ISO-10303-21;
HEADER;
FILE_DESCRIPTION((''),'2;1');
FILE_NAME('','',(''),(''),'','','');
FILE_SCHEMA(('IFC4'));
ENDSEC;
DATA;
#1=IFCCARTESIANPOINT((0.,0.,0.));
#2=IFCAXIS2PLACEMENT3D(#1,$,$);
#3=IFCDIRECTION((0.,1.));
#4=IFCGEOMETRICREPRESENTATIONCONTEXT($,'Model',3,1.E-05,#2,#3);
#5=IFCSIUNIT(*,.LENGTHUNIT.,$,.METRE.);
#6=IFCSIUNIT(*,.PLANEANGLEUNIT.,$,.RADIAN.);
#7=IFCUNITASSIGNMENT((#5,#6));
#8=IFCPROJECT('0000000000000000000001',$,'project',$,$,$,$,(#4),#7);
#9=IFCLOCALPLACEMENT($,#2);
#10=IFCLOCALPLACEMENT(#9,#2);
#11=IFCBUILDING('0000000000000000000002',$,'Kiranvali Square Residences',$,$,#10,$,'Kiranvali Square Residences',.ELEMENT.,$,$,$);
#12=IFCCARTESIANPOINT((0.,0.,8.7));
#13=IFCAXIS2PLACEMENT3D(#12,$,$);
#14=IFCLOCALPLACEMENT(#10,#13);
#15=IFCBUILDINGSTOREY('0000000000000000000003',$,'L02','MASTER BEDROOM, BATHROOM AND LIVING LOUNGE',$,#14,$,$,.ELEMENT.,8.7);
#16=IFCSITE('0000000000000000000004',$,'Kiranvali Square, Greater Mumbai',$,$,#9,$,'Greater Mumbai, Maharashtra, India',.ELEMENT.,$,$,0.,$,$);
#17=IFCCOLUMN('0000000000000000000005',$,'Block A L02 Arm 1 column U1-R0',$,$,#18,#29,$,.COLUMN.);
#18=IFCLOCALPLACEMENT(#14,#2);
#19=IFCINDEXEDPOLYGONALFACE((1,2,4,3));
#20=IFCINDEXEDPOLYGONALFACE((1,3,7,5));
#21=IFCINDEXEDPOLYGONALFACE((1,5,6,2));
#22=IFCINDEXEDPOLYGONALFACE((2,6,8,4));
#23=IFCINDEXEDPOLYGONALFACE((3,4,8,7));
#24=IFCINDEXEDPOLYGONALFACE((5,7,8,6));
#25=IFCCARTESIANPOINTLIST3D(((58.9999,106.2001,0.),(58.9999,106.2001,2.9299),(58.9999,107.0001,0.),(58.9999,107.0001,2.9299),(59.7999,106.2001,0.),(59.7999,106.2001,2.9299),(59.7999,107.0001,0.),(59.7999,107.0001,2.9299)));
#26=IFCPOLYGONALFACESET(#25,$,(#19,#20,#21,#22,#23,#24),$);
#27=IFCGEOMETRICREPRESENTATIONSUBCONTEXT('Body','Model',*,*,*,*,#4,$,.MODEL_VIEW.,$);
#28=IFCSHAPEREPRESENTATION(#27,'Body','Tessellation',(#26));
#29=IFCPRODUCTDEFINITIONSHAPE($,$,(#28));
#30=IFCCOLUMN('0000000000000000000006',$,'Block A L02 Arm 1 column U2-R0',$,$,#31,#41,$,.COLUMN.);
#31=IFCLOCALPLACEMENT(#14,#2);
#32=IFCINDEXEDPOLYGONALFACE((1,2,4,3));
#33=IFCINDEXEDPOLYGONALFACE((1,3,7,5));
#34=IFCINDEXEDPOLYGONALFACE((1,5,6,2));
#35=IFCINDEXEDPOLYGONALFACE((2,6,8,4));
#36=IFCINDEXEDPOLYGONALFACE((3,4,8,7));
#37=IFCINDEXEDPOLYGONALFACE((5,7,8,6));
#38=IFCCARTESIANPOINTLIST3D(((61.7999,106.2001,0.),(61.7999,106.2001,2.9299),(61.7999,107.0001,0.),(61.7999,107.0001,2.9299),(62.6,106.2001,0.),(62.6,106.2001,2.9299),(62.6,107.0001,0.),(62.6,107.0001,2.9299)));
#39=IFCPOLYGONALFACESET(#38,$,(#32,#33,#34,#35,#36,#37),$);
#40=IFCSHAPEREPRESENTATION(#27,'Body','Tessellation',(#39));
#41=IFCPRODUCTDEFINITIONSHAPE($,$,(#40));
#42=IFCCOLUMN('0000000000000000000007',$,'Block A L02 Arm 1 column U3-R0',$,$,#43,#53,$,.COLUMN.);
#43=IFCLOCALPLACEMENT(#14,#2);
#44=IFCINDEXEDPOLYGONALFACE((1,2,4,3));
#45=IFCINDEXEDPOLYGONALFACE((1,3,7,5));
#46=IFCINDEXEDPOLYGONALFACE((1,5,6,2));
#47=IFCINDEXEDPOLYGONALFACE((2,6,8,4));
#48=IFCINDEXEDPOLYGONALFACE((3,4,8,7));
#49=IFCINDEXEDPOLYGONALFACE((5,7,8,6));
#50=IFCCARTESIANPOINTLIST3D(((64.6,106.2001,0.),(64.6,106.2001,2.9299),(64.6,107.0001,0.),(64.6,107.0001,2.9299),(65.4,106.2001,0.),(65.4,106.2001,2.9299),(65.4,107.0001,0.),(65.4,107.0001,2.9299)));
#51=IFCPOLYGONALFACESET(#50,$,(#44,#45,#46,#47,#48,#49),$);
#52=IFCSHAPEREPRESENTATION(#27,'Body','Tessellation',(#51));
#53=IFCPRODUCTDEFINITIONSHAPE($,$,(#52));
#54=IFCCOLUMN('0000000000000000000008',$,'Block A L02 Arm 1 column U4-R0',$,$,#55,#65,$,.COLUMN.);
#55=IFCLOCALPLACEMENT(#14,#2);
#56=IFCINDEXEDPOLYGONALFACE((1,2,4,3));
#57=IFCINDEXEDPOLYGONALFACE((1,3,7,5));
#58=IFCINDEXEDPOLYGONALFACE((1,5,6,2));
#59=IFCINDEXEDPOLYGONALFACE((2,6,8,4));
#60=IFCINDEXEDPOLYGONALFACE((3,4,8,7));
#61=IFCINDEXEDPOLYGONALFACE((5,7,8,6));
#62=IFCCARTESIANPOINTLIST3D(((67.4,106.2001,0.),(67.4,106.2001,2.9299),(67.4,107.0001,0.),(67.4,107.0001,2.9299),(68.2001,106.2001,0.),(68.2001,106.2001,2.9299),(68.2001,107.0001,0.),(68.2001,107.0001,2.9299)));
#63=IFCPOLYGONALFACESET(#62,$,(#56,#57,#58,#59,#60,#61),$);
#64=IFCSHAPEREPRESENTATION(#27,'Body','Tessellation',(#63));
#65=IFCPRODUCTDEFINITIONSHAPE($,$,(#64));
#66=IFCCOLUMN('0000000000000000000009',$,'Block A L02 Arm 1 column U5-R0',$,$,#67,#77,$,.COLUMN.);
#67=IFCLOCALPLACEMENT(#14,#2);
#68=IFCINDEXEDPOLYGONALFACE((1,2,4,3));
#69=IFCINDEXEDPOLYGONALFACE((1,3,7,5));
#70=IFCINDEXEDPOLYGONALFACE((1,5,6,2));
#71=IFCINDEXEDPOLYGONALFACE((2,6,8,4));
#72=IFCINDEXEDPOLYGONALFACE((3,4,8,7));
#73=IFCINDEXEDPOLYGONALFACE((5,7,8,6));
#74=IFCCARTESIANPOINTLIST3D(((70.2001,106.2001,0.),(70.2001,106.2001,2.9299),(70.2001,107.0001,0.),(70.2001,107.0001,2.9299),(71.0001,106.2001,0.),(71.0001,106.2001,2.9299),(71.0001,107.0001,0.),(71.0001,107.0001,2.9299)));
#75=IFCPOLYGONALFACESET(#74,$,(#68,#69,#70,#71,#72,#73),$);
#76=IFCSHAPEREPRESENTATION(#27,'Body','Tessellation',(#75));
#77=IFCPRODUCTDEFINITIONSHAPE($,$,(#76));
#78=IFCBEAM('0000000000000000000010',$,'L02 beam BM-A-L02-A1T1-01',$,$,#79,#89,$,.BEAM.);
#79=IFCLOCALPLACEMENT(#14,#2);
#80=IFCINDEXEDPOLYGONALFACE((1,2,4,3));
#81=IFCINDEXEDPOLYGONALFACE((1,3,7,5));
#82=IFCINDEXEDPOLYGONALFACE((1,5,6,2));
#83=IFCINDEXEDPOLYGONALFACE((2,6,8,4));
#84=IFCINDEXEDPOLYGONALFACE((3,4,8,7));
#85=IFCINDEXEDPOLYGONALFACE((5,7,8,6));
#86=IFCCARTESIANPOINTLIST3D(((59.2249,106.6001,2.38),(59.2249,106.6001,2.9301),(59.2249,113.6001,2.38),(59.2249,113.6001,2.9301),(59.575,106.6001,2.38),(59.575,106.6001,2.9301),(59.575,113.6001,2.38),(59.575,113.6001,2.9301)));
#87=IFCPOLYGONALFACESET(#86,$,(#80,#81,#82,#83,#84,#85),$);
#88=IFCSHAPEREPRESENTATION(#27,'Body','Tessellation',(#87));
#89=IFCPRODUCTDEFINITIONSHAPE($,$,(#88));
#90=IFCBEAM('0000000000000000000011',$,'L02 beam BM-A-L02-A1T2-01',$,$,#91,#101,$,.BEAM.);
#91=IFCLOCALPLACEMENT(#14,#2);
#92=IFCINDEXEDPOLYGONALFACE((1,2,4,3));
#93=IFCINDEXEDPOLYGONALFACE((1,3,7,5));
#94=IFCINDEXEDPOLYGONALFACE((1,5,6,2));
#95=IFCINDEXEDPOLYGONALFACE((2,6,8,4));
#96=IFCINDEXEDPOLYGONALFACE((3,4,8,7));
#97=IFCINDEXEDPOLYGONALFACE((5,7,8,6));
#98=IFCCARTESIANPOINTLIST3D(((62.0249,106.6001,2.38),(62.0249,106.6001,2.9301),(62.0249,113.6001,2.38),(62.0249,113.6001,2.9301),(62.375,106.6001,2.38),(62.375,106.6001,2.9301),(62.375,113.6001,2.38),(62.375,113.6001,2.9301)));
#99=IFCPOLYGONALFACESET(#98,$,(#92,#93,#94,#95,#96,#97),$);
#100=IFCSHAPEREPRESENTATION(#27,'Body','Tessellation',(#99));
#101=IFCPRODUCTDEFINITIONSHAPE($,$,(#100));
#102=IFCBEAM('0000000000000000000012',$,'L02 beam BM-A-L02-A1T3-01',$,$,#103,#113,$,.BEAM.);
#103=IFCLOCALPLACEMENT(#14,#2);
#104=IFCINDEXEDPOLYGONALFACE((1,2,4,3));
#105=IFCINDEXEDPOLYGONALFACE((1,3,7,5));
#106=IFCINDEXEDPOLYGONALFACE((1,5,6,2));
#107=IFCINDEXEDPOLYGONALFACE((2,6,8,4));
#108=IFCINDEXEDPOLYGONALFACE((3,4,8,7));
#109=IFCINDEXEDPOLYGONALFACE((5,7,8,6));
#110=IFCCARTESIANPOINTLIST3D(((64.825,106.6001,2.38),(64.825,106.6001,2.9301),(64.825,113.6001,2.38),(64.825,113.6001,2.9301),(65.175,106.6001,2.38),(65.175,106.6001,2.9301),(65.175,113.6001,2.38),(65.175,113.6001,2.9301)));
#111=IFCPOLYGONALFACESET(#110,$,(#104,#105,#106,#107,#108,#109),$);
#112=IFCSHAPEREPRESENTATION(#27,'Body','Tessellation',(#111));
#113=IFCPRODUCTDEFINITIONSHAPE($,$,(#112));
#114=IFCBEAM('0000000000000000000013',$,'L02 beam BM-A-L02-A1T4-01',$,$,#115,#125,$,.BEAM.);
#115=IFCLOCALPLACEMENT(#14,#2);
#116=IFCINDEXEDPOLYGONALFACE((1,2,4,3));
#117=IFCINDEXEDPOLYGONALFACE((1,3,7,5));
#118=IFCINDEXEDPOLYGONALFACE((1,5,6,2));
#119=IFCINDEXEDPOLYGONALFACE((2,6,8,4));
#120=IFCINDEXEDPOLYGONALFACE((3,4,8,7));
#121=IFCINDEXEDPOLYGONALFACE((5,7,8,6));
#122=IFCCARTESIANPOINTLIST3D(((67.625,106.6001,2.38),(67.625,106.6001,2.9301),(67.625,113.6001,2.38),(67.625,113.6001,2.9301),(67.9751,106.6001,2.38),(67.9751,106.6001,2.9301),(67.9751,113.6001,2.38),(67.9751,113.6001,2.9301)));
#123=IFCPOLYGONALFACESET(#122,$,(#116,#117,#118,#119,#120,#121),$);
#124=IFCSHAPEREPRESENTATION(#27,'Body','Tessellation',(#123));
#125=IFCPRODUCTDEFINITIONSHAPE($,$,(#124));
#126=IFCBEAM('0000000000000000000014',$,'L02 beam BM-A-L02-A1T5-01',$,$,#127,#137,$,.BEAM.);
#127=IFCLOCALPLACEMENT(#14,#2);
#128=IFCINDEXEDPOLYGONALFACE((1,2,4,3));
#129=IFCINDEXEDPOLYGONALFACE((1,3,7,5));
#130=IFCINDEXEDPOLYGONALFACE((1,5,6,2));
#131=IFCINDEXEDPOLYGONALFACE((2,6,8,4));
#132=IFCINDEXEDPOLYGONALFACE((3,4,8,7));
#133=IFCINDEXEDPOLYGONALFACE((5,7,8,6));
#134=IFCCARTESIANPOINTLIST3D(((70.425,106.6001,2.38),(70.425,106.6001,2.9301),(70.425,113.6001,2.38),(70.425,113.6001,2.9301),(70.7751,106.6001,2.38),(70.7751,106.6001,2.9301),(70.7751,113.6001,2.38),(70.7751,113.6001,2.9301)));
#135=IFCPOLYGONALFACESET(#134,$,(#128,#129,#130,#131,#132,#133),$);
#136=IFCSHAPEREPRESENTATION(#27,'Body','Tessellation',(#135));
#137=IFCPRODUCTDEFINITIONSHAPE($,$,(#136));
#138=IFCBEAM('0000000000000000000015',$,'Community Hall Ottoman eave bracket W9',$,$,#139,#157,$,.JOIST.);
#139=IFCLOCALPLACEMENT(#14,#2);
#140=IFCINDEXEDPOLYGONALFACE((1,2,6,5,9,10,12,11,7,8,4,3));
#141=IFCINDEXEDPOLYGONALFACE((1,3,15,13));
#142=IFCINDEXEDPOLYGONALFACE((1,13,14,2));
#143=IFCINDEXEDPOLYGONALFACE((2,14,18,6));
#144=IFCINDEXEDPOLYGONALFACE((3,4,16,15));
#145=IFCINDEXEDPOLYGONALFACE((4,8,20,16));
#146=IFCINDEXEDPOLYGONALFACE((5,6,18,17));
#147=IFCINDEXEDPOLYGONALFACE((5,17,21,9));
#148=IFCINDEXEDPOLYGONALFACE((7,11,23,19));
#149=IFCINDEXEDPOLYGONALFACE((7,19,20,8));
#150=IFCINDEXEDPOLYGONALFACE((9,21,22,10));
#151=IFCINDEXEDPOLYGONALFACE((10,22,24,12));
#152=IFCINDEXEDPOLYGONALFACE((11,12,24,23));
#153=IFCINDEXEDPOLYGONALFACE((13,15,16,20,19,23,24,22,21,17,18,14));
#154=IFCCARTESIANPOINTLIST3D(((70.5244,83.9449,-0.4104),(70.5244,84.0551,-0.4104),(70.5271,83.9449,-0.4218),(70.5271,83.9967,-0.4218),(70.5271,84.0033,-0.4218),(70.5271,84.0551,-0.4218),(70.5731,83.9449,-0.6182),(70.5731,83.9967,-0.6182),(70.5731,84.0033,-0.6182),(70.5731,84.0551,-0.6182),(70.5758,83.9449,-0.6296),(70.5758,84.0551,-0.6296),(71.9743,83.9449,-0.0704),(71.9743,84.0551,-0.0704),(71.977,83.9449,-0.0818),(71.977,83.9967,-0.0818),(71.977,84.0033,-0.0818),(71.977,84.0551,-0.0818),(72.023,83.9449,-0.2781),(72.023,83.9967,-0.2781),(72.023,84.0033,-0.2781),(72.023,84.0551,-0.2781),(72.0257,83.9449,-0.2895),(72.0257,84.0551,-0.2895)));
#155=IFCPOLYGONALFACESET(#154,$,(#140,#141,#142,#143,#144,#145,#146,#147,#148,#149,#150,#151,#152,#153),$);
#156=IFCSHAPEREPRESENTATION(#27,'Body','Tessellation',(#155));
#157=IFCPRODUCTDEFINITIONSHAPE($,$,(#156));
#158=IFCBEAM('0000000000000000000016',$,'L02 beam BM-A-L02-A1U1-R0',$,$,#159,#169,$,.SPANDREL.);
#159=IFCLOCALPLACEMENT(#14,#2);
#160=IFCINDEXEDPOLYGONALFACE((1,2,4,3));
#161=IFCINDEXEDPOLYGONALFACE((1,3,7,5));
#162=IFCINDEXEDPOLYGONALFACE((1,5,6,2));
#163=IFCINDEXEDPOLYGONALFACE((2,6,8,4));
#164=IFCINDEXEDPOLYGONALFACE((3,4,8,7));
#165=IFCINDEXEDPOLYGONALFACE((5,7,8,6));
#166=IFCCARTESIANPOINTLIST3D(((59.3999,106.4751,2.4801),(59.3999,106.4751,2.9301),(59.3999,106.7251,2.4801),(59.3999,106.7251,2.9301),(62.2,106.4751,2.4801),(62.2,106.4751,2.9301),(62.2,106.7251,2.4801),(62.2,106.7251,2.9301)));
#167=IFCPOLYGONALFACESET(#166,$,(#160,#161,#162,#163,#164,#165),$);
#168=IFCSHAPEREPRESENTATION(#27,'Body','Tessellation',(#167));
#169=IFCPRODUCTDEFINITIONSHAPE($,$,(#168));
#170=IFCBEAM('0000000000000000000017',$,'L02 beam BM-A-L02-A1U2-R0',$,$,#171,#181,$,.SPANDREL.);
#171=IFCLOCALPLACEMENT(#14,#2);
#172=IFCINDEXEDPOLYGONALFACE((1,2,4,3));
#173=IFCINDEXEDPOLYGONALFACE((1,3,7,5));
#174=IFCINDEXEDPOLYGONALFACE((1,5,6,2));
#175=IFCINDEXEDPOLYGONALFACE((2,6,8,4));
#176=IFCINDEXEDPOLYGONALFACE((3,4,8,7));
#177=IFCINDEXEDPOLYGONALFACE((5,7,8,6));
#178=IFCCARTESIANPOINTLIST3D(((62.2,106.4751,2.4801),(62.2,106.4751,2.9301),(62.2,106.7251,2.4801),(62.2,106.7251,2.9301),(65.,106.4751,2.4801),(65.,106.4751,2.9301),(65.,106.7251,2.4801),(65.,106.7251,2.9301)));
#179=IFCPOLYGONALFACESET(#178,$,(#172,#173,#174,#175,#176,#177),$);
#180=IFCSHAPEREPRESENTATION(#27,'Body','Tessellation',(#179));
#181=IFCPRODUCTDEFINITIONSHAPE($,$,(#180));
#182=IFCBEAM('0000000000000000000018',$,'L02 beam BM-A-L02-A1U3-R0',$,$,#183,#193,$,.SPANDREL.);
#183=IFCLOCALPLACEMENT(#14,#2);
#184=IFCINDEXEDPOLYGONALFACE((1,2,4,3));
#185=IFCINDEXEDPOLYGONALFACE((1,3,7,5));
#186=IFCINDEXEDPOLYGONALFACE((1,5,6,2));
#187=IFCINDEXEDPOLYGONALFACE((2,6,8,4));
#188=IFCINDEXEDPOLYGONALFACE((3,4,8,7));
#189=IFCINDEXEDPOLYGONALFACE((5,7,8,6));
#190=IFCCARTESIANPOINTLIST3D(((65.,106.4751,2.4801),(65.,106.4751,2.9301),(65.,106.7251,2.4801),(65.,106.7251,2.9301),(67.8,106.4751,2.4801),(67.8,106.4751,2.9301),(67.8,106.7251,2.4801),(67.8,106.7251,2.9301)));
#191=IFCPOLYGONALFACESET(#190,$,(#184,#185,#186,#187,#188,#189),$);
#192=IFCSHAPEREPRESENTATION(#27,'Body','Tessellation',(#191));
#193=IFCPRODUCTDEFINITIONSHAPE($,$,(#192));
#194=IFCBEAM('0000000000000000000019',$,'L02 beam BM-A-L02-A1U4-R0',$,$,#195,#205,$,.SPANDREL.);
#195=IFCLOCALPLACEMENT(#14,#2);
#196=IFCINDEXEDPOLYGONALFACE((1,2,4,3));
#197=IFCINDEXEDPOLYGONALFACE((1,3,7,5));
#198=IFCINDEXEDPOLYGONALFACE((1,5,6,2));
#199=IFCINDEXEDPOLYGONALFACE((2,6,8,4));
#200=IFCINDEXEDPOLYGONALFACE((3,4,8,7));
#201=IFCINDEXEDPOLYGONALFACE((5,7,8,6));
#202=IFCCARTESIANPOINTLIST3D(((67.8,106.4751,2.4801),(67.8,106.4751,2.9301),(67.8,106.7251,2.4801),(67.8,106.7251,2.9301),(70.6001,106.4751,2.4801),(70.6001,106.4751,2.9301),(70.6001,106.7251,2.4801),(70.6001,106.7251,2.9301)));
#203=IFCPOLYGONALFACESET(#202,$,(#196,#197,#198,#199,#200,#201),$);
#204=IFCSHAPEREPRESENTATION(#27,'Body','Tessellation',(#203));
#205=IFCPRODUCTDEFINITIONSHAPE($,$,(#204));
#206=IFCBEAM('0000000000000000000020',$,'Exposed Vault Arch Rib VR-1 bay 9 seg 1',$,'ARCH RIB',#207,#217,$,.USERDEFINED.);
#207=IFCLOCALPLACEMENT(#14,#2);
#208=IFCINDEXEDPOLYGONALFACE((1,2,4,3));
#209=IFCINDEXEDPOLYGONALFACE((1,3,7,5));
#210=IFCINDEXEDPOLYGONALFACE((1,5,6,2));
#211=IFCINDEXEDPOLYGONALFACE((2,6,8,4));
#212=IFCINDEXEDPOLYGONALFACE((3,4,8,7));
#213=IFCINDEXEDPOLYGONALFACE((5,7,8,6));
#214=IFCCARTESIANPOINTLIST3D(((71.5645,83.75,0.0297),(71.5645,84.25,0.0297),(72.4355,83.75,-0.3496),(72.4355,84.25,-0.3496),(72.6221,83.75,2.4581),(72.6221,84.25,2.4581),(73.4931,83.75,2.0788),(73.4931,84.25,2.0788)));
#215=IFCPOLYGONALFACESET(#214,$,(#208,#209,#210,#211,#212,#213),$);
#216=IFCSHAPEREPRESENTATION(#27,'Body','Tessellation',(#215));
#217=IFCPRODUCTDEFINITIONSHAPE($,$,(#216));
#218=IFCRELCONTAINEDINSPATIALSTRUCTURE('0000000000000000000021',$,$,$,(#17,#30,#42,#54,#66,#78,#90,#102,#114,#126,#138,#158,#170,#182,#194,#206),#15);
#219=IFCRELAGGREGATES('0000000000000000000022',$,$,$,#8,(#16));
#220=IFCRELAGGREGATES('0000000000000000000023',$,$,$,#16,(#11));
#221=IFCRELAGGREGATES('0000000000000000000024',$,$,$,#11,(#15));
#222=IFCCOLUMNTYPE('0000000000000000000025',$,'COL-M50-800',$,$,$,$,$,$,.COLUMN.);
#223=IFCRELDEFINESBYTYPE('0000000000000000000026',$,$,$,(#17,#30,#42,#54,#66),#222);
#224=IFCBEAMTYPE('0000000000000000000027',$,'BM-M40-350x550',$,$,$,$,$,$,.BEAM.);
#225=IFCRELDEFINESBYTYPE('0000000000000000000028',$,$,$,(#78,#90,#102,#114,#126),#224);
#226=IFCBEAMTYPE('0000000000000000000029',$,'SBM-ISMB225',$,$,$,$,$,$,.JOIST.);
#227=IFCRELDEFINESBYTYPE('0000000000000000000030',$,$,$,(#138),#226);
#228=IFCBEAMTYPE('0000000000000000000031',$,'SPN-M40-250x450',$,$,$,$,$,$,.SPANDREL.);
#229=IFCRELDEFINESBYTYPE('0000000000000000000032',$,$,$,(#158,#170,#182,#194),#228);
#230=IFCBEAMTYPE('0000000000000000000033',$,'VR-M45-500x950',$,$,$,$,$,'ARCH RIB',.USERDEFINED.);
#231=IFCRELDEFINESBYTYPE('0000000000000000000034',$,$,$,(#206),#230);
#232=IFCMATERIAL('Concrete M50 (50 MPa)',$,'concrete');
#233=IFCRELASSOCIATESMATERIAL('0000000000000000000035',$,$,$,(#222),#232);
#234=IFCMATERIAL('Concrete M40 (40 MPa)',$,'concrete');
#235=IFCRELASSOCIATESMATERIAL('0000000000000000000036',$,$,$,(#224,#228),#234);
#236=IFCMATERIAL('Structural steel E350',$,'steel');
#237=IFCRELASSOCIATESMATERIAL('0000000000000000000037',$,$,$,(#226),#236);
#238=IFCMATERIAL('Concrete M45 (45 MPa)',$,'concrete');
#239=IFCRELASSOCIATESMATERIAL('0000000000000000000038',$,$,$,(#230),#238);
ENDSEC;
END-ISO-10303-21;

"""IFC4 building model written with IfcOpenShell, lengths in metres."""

from ifc_helpers import new_model, si_unit, direction, frame, origin, origin_2d, place, context, subcontext, project, spatial, rectangle, i_section, extrude, material, material_profile, profile_set, type_object, element, save


model = new_model("IFC4")

# Units and contexts
model_context = context("Model", 3, precision=1e-05, world=origin(), true_north=direction((0.0, 1.0)))
body_context = subcontext(model_context, "Body", "Model", "MODEL_VIEW")
ifc_project = project(units=[si_unit("LENGTHUNIT", "METRE"), si_unit("PLANEANGLEUNIT", "RADIAN")], contexts=[model_context])

# Site, building, storey
site_placement = place(None, origin())
site = spatial("IfcSite", under=ifc_project, at=site_placement, Name="Kiranvali Square, Greater Mumbai", LongName="Greater Mumbai, Maharashtra, India", CompositionType="ELEMENT", RefElevation=0.0)
building_placement = place(site_placement, origin())
building = spatial("IfcBuilding", under=site, at=building_placement, Name="Kiranvali Square Residences", LongName="Kiranvali Square Residences", CompositionType="ELEMENT")
storey_placement = place(building_placement, frame((0.0, 0.0, 8.7)))
storey = spatial("IfcBuildingStorey", under=building, at=storey_placement, Name="L02", Description="MASTER BEDROOM, BATHROOM AND LIVING LOUNGE", CompositionType="ELEMENT", Elevation=8.7)

# Columns
ifc_material_1 = material(Name="Concrete M50 (50 MPa)", Category="concrete")
ifc_material_profile_1 = material_profile(ifc_material_1, rectangle(XDim=0.8, YDim=0.8, at=origin_2d()), Name="RC 800x800")
ifc_profile_set_1 = profile_set([ifc_material_profile_1], Name="Concrete M50 (50 MPa)")
column_type = type_object("IfcColumnType", Name="COL-M50-800", PredefinedType="COLUMN", material=ifc_profile_set_1)
for number, where, z_axis, x_axis, name in (
    (1, (59.3999, 106.6001, 0.0), (0.0, 0.0, 1.0), (1.0, 0.0, 0.0), "Block A L02 Arm 1 column U1-R0"),
    (2, (62.2, 106.6001, 0.0), (0.0, 0.0, 1.0), (1.0, 0.0, 0.0), "Block A L02 Arm 1 column U2-R0"),
    (3, (65.0, 106.6001, 0.0), (0.0, 0.0, 1.0), (1.0, 0.0, 0.0), "Block A L02 Arm 1 column U3-R0"),
    (4, (67.8, 106.6001, 0.0), (0.0, 0.0, 1.0), (1.0, 0.0, 0.0), "Block A L02 Arm 1 column U4-R0"),
    (5, (70.6001, 106.6001, 0.0), (0.0, 0.0, 1.0), (1.0, 0.0, 0.0), "Block A L02 Arm 1 column U5-R0"),
):
    element("IfcColumn", number, at=place(storey_placement, frame(where, z_axis=z_axis, x_axis=x_axis)), inside=storey, type_object=column_type, Name=name, PredefinedType="COLUMN", context=body_context, shape_type="SweptSolid", body=[
        extrude(rectangle(XDim=0.8, YDim=0.8, at=origin_2d()), origin(), (0.0, 0.0, 1.0), 2.9299),
    ])

# Beams
ifc_material_2 = material(Name="Concrete M40 (40 MPa)", Category="concrete")
ifc_material_profile_2 = material_profile(ifc_material_2, rectangle(XDim=0.3501, YDim=0.55, at=origin_2d()), Name="RC 350x550")
ifc_profile_set_2 = profile_set([ifc_material_profile_2], Name="Concrete M40 (40 MPa)")
beam_type_1 = type_object("IfcBeamType", Name="BM-M40-350x550", PredefinedType="BEAM", material=ifc_profile_set_2)
for number, where, z_axis, x_axis, name in (
    (6, (59.3999, 106.6001, 2.655), (0.0, 1.0, 0.0), (-1.0, 0.0, 0.0), "L02 beam BM-A-L02-A1T1-01"),
    (7, (62.2, 106.6001, 2.655), (0.0, 1.0, 0.0), (-1.0, 0.0, 0.0), "L02 beam BM-A-L02-A1T2-01"),
    (8, (65.0, 106.6001, 2.655), (0.0, 1.0, 0.0), (-1.0, 0.0, 0.0), "L02 beam BM-A-L02-A1T3-01"),
    (9, (67.8, 106.6001, 2.655), (0.0, 1.0, 0.0), (-1.0, 0.0, 0.0), "L02 beam BM-A-L02-A1T4-01"),
    (10, (70.6001, 106.6001, 2.655), (0.0, 1.0, 0.0), (-1.0, 0.0, 0.0), "L02 beam BM-A-L02-A1T5-01"),
):
    element("IfcBeam", number, at=place(storey_placement, frame(where, z_axis=z_axis, x_axis=x_axis)), inside=storey, type_object=beam_type_1, Name=name, PredefinedType="BEAM", context=body_context, shape_type="SweptSolid", body=[
        extrude(rectangle(XDim=0.3501, YDim=0.55, at=origin_2d()), origin(), (0.0, 0.0, 1.0), 7.0),
    ])
ifc_material_3 = material(Name="Structural steel E350", Category="steel")
ifc_material_profile_3 = material_profile(ifc_material_3, i_section(OverallWidth=0.1101, OverallDepth=0.2251, WebThickness=0.0066, FlangeThickness=0.0117, at=origin_2d()), Name="ISMB 225")
ifc_profile_set_3 = profile_set([ifc_material_profile_3], Name="Structural steel E350")
beam_type_2 = type_object("IfcBeamType", Name="SBM-ISMB225", PredefinedType="JOIST", material=ifc_profile_set_3)
beam_1_placement = place(storey_placement, frame((72.0, 84.0, -0.1799), z_axis=(-0.973578, 0.0, -0.228354), x_axis=(0.0, -1.0, 0.0)))
element("IfcBeam", 11, at=beam_1_placement, inside=storey, type_object=beam_type_2, Name="Community Hall Ottoman eave bracket W9", PredefinedType="JOIST", context=body_context, shape_type="SweptSolid", body=[
    extrude(i_section(OverallWidth=0.1101, OverallDepth=0.2251, WebThickness=0.0066, FlangeThickness=0.0117, at=origin_2d()), origin(), (0.0, 0.0, 1.0), 1.4893),
])
ifc_material_profile_4 = material_profile(ifc_material_2, rectangle(XDim=0.25, YDim=0.45, at=origin_2d()), Name="RC 250x450")
ifc_profile_set_4 = profile_set([ifc_material_profile_4], Name="Concrete M40 (40 MPa)")
beam_type_3 = type_object("IfcBeamType", Name="SPN-M40-250x450", PredefinedType="SPANDREL", material=ifc_profile_set_4)
for number, where, z_axis, x_axis, name in (
    (12, (59.3999, 106.6001, 2.7051), (1.0, 0.0, 0.0), (0.0, 1.0, 0.0), "L02 beam BM-A-L02-A1U1-R0"),
    (13, (62.2, 106.6001, 2.7051), (1.0, 0.0, 0.0), (0.0, 1.0, 0.0), "L02 beam BM-A-L02-A1U2-R0"),
    (14, (65.0, 106.6001, 2.7051), (1.0, 0.0, 0.0), (0.0, 1.0, 0.0), "L02 beam BM-A-L02-A1U3-R0"),
    (15, (67.8, 106.6001, 2.7051), (1.0, 0.0, 0.0), (0.0, 1.0, 0.0), "L02 beam BM-A-L02-A1U4-R0"),
):
    element("IfcBeam", number, at=place(storey_placement, frame(where, z_axis=z_axis, x_axis=x_axis)), inside=storey, type_object=beam_type_3, Name=name, PredefinedType="SPANDREL", context=body_context, shape_type="SweptSolid", body=[
        extrude(rectangle(XDim=0.25, YDim=0.45, at=origin_2d()), origin(), (0.0, 0.0, 1.0), 2.8),
    ])
ifc_material_4 = material(Name="Concrete M45 (45 MPa)", Category="concrete")
ifc_material_profile_5 = material_profile(ifc_material_4, rectangle(XDim=0.5, YDim=0.95, at=origin_2d()), Name="RC 500x950")
ifc_profile_set_5 = profile_set([ifc_material_profile_5], Name="Concrete M45 (45 MPa)")
beam_type_4 = type_object("IfcBeamType", Name="VR-M45-500x950", ElementType="ARCH RIB", PredefinedType="USERDEFINED", material=ifc_profile_set_5)
beam_2_placement = place(storey_placement, frame((72.0, 84.0, -0.1599), z_axis=(0.399286, 0.0, 0.916827), x_axis=(0.0, 1.0, 0.0)))
element("IfcBeam", 16, at=beam_2_placement, inside=storey, type_object=beam_type_4, Name="Exposed Vault Arch Rib VR-1 bay 9 seg 1", ObjectType="ARCH RIB", PredefinedType="USERDEFINED", context=body_context, shape_type="SweptSolid", body=[
    extrude(rectangle(XDim=0.5, YDim=0.95, at=origin_2d()), origin(), (0.0, 0.0, 1.0), 2.6487),
])

save(model, "model.ifc")
